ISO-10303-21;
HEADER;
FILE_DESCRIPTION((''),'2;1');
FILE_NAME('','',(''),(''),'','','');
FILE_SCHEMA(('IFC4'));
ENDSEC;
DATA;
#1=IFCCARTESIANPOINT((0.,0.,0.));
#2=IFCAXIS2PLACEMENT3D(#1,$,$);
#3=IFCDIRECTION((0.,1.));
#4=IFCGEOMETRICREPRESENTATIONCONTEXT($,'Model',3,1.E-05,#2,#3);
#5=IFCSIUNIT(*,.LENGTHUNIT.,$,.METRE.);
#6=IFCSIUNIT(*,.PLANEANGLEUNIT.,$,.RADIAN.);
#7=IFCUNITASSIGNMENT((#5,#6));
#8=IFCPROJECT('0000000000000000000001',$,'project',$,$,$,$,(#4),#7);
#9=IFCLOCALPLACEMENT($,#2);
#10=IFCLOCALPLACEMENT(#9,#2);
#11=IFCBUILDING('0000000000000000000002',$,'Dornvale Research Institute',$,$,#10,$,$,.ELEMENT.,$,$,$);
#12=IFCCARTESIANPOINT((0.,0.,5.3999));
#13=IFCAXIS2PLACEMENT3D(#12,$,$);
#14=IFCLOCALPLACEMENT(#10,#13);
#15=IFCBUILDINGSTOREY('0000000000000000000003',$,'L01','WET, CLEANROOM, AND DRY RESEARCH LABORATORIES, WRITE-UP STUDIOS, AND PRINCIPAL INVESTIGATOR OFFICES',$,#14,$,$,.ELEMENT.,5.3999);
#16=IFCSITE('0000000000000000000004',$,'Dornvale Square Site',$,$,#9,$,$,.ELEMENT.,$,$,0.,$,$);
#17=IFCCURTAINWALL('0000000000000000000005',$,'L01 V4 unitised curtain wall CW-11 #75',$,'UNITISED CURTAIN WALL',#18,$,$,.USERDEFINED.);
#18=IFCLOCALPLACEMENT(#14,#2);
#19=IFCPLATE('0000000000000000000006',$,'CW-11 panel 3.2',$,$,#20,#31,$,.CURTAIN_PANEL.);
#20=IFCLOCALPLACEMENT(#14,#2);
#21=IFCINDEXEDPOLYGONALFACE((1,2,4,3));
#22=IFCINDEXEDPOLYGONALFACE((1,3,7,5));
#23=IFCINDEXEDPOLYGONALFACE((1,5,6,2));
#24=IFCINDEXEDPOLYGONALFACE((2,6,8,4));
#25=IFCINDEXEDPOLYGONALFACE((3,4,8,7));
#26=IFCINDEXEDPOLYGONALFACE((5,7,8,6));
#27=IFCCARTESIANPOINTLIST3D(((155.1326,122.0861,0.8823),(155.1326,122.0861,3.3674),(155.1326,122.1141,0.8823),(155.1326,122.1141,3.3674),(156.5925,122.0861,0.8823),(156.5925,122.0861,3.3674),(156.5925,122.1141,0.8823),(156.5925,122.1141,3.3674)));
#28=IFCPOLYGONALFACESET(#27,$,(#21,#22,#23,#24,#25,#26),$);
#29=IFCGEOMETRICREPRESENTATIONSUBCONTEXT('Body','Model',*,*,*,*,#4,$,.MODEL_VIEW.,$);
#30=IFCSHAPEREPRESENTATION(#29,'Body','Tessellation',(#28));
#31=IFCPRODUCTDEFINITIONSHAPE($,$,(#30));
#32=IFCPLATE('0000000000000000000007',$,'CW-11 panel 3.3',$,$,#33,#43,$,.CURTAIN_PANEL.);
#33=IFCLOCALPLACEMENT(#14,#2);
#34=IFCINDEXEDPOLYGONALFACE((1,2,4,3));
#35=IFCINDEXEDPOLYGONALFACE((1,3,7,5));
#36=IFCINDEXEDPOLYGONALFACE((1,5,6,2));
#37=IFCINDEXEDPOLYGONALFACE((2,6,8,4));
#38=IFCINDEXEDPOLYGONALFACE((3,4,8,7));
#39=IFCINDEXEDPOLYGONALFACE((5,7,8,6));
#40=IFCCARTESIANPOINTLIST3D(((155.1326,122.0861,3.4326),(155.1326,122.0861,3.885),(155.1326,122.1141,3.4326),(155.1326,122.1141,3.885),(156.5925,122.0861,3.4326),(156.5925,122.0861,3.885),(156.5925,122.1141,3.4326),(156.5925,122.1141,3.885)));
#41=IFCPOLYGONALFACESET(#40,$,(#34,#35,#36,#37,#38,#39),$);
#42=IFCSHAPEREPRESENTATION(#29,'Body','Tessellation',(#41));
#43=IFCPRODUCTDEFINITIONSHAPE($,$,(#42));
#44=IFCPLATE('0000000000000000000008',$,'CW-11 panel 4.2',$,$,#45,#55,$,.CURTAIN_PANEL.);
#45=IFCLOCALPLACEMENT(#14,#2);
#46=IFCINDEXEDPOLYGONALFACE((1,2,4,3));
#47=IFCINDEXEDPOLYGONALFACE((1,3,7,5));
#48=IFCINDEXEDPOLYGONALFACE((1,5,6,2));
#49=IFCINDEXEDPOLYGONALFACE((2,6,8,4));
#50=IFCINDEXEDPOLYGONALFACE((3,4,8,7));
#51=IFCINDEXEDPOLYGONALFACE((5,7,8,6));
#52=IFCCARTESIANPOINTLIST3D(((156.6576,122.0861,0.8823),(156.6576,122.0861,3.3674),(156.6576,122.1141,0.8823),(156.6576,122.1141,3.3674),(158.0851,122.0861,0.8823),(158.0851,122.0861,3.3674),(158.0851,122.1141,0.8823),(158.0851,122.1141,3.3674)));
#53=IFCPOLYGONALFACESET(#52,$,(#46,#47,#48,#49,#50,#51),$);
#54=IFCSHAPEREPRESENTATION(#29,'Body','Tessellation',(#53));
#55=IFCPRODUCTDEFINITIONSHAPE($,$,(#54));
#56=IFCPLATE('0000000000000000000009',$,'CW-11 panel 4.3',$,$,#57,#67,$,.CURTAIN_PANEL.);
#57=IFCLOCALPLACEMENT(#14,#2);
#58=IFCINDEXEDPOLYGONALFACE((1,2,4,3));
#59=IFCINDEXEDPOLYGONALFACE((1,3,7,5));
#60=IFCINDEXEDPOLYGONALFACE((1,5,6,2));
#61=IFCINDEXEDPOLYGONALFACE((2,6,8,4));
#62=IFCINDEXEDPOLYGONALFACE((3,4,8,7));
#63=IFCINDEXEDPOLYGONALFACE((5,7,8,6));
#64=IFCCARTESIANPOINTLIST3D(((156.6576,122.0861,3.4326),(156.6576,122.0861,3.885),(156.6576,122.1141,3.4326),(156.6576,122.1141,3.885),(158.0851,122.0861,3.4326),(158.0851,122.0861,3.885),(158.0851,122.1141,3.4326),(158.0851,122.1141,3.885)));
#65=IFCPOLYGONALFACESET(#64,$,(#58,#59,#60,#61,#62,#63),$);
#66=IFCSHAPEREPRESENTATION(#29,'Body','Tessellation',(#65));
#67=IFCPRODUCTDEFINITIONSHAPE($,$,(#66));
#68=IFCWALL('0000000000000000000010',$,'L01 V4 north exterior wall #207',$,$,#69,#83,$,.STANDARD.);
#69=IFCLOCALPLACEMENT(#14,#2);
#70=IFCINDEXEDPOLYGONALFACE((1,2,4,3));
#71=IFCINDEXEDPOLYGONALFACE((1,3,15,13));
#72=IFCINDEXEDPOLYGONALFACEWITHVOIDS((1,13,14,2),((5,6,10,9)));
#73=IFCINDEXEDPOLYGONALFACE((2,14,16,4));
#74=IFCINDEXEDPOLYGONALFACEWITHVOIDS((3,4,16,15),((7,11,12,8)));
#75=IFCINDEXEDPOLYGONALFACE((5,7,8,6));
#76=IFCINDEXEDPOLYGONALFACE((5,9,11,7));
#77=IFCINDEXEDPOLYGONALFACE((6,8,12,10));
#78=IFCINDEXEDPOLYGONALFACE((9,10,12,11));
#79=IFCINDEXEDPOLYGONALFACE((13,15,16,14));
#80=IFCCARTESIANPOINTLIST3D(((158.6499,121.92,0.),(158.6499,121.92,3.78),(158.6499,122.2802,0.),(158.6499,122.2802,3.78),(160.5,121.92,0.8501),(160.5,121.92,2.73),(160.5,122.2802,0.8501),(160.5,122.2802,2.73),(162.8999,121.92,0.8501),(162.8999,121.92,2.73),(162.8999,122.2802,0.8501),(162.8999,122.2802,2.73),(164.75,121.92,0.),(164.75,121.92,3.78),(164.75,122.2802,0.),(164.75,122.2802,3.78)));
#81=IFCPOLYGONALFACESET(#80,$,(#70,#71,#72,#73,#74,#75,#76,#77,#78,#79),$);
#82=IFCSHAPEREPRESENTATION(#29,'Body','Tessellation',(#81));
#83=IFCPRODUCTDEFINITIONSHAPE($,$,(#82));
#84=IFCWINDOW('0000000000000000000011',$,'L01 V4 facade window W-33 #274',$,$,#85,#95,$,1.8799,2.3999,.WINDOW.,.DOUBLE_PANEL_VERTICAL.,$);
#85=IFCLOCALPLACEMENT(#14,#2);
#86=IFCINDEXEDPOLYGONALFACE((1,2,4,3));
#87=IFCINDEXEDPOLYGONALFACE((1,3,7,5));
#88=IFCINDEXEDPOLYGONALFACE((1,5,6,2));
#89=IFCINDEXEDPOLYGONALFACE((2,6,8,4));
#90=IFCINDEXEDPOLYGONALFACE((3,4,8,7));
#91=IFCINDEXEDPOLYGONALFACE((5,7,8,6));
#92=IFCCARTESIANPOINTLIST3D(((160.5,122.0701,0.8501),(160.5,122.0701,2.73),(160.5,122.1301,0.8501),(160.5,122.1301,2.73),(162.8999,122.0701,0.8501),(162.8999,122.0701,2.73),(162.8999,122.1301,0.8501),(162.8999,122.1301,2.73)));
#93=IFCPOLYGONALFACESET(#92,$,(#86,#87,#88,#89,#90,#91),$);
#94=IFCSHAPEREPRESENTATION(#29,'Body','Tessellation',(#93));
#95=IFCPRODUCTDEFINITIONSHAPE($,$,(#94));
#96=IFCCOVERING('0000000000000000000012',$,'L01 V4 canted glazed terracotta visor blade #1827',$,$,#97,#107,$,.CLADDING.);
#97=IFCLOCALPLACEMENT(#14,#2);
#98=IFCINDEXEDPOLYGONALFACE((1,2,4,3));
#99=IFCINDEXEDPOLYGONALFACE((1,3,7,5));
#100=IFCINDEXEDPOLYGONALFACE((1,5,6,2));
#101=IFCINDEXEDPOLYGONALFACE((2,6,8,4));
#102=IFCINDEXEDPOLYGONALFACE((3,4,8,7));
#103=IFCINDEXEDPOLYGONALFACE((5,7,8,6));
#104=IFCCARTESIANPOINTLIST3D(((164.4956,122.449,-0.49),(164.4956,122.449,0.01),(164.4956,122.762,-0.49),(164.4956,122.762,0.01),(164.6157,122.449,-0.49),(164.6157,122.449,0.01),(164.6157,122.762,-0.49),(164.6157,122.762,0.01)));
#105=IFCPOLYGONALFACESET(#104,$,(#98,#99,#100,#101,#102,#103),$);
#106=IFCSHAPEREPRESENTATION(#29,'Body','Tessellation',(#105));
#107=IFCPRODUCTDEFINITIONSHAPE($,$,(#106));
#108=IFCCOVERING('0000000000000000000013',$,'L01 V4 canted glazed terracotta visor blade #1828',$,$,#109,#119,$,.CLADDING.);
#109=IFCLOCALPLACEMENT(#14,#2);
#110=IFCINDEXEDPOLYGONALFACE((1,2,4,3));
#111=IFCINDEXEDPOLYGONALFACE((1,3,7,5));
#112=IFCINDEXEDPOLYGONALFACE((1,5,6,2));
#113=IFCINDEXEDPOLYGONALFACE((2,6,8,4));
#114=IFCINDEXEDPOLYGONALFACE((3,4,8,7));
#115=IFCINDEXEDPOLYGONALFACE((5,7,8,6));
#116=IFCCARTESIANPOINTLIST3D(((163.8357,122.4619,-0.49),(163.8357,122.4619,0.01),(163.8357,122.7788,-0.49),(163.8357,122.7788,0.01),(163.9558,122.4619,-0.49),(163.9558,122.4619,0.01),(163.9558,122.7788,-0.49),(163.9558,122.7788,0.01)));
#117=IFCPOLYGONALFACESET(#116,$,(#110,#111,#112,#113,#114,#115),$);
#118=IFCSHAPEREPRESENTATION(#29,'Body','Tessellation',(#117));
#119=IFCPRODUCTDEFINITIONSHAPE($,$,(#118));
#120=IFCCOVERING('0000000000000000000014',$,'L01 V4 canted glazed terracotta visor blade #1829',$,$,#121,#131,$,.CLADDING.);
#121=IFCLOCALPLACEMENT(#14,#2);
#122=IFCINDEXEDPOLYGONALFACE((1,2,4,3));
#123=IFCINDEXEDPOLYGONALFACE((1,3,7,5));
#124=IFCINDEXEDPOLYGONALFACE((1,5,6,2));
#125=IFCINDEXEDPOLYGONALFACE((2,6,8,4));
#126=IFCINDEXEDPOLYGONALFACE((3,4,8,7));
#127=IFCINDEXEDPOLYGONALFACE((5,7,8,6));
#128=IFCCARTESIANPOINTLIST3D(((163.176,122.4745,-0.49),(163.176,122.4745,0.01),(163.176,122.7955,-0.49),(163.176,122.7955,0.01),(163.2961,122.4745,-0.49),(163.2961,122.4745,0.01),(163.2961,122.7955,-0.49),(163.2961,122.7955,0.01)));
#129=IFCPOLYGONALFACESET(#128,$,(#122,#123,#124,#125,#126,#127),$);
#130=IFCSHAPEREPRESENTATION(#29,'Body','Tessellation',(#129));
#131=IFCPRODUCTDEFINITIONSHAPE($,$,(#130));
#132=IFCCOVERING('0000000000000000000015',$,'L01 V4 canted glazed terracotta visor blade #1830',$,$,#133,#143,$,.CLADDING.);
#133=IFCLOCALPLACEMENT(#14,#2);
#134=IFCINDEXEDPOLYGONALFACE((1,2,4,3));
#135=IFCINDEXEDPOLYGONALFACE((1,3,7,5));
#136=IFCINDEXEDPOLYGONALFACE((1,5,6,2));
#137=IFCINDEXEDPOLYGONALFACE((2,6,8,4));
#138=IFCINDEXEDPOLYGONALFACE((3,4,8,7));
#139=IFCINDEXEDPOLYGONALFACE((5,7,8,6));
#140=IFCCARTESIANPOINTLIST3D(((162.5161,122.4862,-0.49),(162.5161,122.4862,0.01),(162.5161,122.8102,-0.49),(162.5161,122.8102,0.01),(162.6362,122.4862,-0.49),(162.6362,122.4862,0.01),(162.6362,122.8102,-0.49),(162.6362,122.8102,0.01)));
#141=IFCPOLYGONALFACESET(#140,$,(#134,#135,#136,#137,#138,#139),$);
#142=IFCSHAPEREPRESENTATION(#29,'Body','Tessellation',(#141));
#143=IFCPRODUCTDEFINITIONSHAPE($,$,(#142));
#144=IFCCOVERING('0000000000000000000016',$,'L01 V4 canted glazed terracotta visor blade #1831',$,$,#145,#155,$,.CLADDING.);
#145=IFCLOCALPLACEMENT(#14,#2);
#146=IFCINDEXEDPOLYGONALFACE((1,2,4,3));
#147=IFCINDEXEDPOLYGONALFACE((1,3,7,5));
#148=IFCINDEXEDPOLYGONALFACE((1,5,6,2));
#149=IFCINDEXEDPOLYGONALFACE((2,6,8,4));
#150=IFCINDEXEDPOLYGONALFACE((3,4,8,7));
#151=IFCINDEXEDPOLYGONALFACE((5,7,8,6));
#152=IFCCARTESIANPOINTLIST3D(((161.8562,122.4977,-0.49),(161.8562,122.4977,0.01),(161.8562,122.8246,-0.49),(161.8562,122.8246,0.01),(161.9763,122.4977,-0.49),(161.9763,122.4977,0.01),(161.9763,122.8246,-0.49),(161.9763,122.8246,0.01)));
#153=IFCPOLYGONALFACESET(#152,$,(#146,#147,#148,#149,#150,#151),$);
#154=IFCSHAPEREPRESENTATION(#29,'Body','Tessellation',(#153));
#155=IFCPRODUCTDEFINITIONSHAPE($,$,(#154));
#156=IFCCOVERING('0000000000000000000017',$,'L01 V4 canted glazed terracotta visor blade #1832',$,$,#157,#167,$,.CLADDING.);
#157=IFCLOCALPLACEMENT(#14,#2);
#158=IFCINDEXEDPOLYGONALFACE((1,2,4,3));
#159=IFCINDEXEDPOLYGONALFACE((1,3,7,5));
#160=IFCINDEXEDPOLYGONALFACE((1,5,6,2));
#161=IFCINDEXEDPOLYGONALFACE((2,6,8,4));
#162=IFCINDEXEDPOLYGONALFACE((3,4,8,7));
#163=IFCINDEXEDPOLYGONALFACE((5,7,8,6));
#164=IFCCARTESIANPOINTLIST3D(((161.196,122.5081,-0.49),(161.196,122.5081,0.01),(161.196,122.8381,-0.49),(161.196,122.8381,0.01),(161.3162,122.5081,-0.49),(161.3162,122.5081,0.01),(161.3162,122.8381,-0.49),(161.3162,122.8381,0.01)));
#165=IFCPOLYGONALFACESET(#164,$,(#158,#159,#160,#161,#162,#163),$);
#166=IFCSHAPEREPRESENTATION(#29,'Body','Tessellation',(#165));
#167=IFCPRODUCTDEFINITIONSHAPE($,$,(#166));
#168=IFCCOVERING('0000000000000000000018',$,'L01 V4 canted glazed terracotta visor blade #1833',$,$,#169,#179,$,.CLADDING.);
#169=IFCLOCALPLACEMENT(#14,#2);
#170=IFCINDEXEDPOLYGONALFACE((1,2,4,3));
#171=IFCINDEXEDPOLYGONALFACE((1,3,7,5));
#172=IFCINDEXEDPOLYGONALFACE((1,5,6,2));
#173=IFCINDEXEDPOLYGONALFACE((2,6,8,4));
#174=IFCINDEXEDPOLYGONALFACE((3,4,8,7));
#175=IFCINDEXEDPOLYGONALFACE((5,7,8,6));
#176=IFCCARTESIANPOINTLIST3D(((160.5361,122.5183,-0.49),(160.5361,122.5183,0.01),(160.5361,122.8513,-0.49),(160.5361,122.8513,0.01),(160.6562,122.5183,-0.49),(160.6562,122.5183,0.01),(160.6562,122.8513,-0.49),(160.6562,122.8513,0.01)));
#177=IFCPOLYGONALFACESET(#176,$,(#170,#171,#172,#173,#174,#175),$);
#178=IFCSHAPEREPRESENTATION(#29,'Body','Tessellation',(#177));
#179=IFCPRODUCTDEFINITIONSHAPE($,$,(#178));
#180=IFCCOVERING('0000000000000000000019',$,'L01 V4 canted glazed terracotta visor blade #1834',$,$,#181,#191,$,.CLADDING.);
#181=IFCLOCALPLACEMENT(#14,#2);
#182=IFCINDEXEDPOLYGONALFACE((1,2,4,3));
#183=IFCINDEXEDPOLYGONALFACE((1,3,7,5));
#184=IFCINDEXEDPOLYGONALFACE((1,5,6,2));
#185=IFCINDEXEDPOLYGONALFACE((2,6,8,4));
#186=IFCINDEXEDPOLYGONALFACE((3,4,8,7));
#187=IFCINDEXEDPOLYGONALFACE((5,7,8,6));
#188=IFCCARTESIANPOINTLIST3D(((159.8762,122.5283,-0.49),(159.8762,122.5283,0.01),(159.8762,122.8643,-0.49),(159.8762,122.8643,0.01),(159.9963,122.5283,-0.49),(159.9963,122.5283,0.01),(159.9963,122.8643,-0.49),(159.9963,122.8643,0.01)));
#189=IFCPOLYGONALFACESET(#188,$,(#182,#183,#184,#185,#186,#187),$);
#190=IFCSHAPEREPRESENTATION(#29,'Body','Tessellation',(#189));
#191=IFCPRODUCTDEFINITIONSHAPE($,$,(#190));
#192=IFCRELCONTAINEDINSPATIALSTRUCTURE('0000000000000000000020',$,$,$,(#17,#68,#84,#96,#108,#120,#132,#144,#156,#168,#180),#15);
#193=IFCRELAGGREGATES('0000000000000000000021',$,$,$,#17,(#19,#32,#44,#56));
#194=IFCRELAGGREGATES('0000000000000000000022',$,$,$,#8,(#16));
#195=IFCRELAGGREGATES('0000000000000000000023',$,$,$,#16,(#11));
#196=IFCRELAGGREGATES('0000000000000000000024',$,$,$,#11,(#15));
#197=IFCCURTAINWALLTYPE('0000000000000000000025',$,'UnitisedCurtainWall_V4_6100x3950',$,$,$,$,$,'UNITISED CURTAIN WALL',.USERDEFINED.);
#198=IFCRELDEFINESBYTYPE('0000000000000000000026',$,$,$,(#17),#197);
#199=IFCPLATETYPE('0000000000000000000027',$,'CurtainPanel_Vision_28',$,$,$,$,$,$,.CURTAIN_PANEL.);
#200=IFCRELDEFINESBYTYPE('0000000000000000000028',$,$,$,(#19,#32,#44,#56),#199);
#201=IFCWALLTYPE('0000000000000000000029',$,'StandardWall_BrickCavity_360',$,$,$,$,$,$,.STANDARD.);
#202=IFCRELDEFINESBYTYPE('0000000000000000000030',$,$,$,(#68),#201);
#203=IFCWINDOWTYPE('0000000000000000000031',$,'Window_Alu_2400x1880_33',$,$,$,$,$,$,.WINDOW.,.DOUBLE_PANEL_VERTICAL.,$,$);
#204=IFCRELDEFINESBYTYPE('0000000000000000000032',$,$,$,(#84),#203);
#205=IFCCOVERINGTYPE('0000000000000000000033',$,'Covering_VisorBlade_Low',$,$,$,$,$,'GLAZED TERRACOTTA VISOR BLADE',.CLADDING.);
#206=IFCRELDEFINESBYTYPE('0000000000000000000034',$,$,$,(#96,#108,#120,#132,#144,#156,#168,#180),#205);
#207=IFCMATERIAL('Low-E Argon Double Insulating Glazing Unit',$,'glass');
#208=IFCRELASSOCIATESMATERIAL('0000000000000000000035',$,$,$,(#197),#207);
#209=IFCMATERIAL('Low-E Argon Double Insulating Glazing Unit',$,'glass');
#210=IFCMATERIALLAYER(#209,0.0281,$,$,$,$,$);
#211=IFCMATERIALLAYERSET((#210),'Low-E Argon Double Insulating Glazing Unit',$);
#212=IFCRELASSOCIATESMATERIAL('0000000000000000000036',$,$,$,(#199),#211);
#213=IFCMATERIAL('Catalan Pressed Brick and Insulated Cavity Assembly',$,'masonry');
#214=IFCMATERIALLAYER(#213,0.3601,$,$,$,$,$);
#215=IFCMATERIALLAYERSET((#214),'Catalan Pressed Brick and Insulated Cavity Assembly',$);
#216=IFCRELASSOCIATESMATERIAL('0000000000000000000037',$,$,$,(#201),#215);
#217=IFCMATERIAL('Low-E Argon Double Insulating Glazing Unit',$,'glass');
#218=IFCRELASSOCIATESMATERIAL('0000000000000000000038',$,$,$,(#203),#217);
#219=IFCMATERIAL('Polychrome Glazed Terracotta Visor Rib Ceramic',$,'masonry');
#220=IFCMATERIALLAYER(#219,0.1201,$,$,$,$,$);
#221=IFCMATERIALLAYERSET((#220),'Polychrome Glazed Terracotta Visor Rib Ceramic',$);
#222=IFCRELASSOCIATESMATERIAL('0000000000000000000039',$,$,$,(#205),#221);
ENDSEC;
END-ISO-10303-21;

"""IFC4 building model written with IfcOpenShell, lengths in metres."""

from ifc_helpers import new_model, si_unit, direction, frame, frame_2d, origin, origin_2d, place, context, subcontext, project, spatial, rectangle, extrude, material, layer, layer_set, type_object, element, fill, aggregate, save


model = new_model("IFC4")

# Units and contexts
model_context = context("Model", 3, precision=1e-05, world=origin(), true_north=direction((0.0, 1.0)))
body_context = subcontext(model_context, "Body", "Model", "MODEL_VIEW")
ifc_project = project(units=[si_unit("LENGTHUNIT", "METRE"), si_unit("PLANEANGLEUNIT", "RADIAN")], contexts=[model_context])

# Site, building, storey
site_placement = place(None, origin())
site = spatial("IfcSite", under=ifc_project, at=site_placement, Name="Dornvale Square Site", CompositionType="ELEMENT", RefElevation=0.0)
building_placement = place(site_placement, origin())
building = spatial("IfcBuilding", under=site, at=building_placement, Name="Dornvale Research Institute", CompositionType="ELEMENT")
storey_placement = place(building_placement, frame((0.0, 0.0, 5.3999)))
storey = spatial("IfcBuildingStorey", under=building, at=storey_placement, Name="L01", Description="WET, CLEANROOM, AND DRY RESEARCH LABORATORIES, WRITE-UP STUDIOS, AND PRINCIPAL INVESTIGATOR OFFICES", CompositionType="ELEMENT", Elevation=5.3999)

# Curtain wall
ifc_material_1 = material(Name="Low-E Argon Double Insulating Glazing Unit", Category="glass")
curtain_wall_type = type_object("IfcCurtainWallType", Name="UnitisedCurtainWall_V4_6100x3950", ElementType="UNITISED CURTAIN WALL", PredefinedType="USERDEFINED", material=ifc_material_1)
curtain_wall_placement = place(storey_placement, origin())
curtain_wall = element("IfcCurtainWall", 1, at=curtain_wall_placement, inside=storey, type_object=curtain_wall_type, Name="L01 V4 unitised curtain wall CW-11 #75", ObjectType="UNITISED CURTAIN WALL", PredefinedType="USERDEFINED")

# Plates
ifc_material_2 = material(Name="Low-E Argon Double Insulating Glazing Unit", Category="glass")
ifc_layer_1 = layer(ifc_material_2, 0.0281)
ifc_layer_set_1 = layer_set([ifc_layer_1], Name="Low-E Argon Double Insulating Glazing Unit")
plate_type_1 = type_object("IfcPlateType", Name="CurtainPanel_Vision_28", PredefinedType="CURTAIN_PANEL", material=ifc_layer_set_1)
plate_1_placement = place(storey_placement, frame((155.8625, 122.1001, 0.8823), z_axis=(0.0, 0.0, 1.0), x_axis=(1.0, 0.0, 0.0)))
plate_1 = element("IfcPlate", 2, at=plate_1_placement, type_object=plate_type_1, Name="CW-11 panel 3.2", PredefinedType="CURTAIN_PANEL", context=body_context, shape_type="SweptSolid", body=[
    extrude(rectangle(XDim=1.46, YDim=0.0281, at=origin_2d()), origin(), (0.0, 0.0, 1.0), 2.4851),
])
plate_2_placement = place(storey_placement, frame((155.8625, 122.1001, 3.4326), z_axis=(0.0, 0.0, 1.0), x_axis=(1.0, 0.0, 0.0)))
plate_2 = element("IfcPlate", 3, at=plate_2_placement, type_object=plate_type_1, Name="CW-11 panel 3.3", PredefinedType="CURTAIN_PANEL", context=body_context, shape_type="SweptSolid", body=[
    extrude(rectangle(XDim=1.46, YDim=0.0281, at=origin_2d()), origin(), (0.0, 0.0, 1.0), 0.4524),
])
plate_3_placement = place(storey_placement, frame((157.3713, 122.1001, 0.8823), z_axis=(0.0, 0.0, 1.0), x_axis=(1.0, 0.0, 0.0)))
plate_3 = element("IfcPlate", 4, at=plate_3_placement, type_object=plate_type_1, Name="CW-11 panel 4.2", PredefinedType="CURTAIN_PANEL", context=body_context, shape_type="SweptSolid", body=[
    extrude(rectangle(XDim=1.4275, YDim=0.0281, at=origin_2d()), origin(), (0.0, 0.0, 1.0), 2.4851),
])
plate_4_placement = place(storey_placement, frame((157.3713, 122.1001, 3.4326), z_axis=(0.0, 0.0, 1.0), x_axis=(1.0, 0.0, 0.0)))
plate_4 = element("IfcPlate", 5, at=plate_4_placement, type_object=plate_type_1, Name="CW-11 panel 4.3", PredefinedType="CURTAIN_PANEL", context=body_context, shape_type="SweptSolid", body=[
    extrude(rectangle(XDim=1.4275, YDim=0.0281, at=origin_2d()), origin(), (0.0, 0.0, 1.0), 0.4524),
])
aggregate(curtain_wall, [plate_1, plate_2, plate_3, plate_4])

# Wall, opening, window
ifc_material_3 = material(Name="Catalan Pressed Brick and Insulated Cavity Assembly", Category="masonry")
ifc_layer_2 = layer(ifc_material_3, 0.3601)
ifc_layer_set_2 = layer_set([ifc_layer_2], Name="Catalan Pressed Brick and Insulated Cavity Assembly")
wall_type = type_object("IfcWallType", Name="StandardWall_BrickCavity_360", PredefinedType="STANDARD", material=ifc_layer_set_2)
wall_placement = place(storey_placement, frame((158.6499, 122.1001, 0.0), z_axis=(0.0, 0.0, 1.0), x_axis=(1.0, 0.0, 0.0)))
wall = element("IfcWall", 6, at=wall_placement, inside=storey, type_object=wall_type, Name="L01 V4 north exterior wall #207", PredefinedType="STANDARD", context=body_context, shape_type="SweptSolid", body=[
    extrude(rectangle(XDim=6.1001, YDim=0.3601, at=frame_2d((3.05, 0.0))), origin(), (0.0, 0.0, 1.0), 3.78),
])
opening_placement = place(wall_placement, frame((1.8501, 0.0, 0.8501)))
opening = element("IfcOpeningElement", 7, at=opening_placement, cuts=wall, PredefinedType="OPENING", context=body_context, shape_type="SweptSolid", body=[
    extrude(rectangle(XDim=2.3999, YDim=1.8799, at=frame_2d((1.2, 0.9399))), frame((0.0, 0.1951, 0.0), z_axis=(0.0, -1.0, 0.0), x_axis=(1.0, 0.0, 0.0)), (0.0, 0.0, 1.0), 0.3901),
])
ifc_material_4 = material(Name="Low-E Argon Double Insulating Glazing Unit", Category="glass")
window_type = type_object("IfcWindowType", Name="Window_Alu_2400x1880_33", PartitioningType="DOUBLE_PANEL_VERTICAL", PredefinedType="WINDOW", material=ifc_material_4)
window_placement = place(opening_placement, origin())
window = element("IfcWindow", 8, at=window_placement, inside=storey, type_object=window_type, Name="L01 V4 facade window W-33 #274", OverallHeight=1.8799, OverallWidth=2.3999, PartitioningType="DOUBLE_PANEL_VERTICAL", PredefinedType="WINDOW", context=body_context, shape_type="SweptSolid", body=[
    extrude(rectangle(XDim=2.3999, YDim=1.8799, at=frame_2d((1.2, 0.9399))), frame((0.0, 0.03, 0.0), z_axis=(0.0, -1.0, 0.0), x_axis=(1.0, 0.0, 0.0)), (0.0, 0.0, 1.0), 0.0601),
])
fill(opening, window)

# Coverings
ifc_material_5 = material(Name="Polychrome Glazed Terracotta Visor Rib Ceramic", Category="masonry")
ifc_layer_3 = layer(ifc_material_5, 0.1201)
ifc_layer_set_3 = layer_set([ifc_layer_3], Name="Polychrome Glazed Terracotta Visor Rib Ceramic")
covering_type = type_object("IfcCoveringType", Name="Covering_VisorBlade_Low", ElementType="GLAZED TERRACOTTA VISOR BLADE", PredefinedType="CLADDING", material=ifc_layer_set_3)
covering_1_placement = place(storey_placement, frame((164.5557, 122.6055, -0.49), z_axis=(0.0, 0.0, 1.0), x_axis=(0.0, 1.0, 0.0)))
element("IfcCovering", 9, at=covering_1_placement, inside=storey, type_object=covering_type, Name="L01 V4 canted glazed terracotta visor blade #1827", PredefinedType="CLADDING", context=body_context, shape_type="SweptSolid", body=[
    extrude(rectangle(XDim=0.313, YDim=0.1201, at=origin_2d()), origin(), (0.0, 0.0, 1.0), 0.5),
])
covering_2_placement = place(storey_placement, frame((163.8958, 122.6204, -0.49), z_axis=(0.0, 0.0, 1.0), x_axis=(0.0, 1.0, 0.0)))
element("IfcCovering", 10, at=covering_2_placement, inside=storey, type_object=covering_type, Name="L01 V4 canted glazed terracotta visor blade #1828", PredefinedType="CLADDING", context=body_context, shape_type="SweptSolid", body=[
    extrude(rectangle(XDim=0.3169, YDim=0.1201, at=origin_2d()), origin(), (0.0, 0.0, 1.0), 0.5),
])
covering_3_placement = place(storey_placement, frame((163.2361, 122.635, -0.49), z_axis=(0.0, 0.0, 1.0), x_axis=(0.0, 1.0, 0.0)))
element("IfcCovering", 11, at=covering_3_placement, inside=storey, type_object=covering_type, Name="L01 V4 canted glazed terracotta visor blade #1829", PredefinedType="CLADDING", context=body_context, shape_type="SweptSolid", body=[
    extrude(rectangle(XDim=0.321, YDim=0.1201, at=origin_2d()), origin(), (0.0, 0.0, 1.0), 0.5),
])
covering_4_placement = place(storey_placement, frame((162.5762, 122.6482, -0.49), z_axis=(0.0, 0.0, 1.0), x_axis=(0.0, 1.0, 0.0)))
element("IfcCovering", 12, at=covering_4_placement, inside=storey, type_object=covering_type, Name="L01 V4 canted glazed terracotta visor blade #1830", PredefinedType="CLADDING", context=body_context, shape_type="SweptSolid", body=[
    extrude(rectangle(XDim=0.324, YDim=0.1201, at=origin_2d()), origin(), (0.0, 0.0, 1.0), 0.5),
])
covering_5_placement = place(storey_placement, frame((161.9163, 122.6611, -0.49), z_axis=(0.0, 0.0, 1.0), x_axis=(0.0, 1.0, 0.0)))
element("IfcCovering", 13, at=covering_5_placement, inside=storey, type_object=covering_type, Name="L01 V4 canted glazed terracotta visor blade #1831", PredefinedType="CLADDING", context=body_context, shape_type="SweptSolid", body=[
    extrude(rectangle(XDim=0.3269, YDim=0.1201, at=origin_2d()), origin(), (0.0, 0.0, 1.0), 0.5),
])
covering_6_placement = place(storey_placement, frame((161.2561, 122.6731, -0.49), z_axis=(0.0, 0.0, 1.0), x_axis=(0.0, 1.0, 0.0)))
element("IfcCovering", 14, at=covering_6_placement, inside=storey, type_object=covering_type, Name="L01 V4 canted glazed terracotta visor blade #1832", PredefinedType="CLADDING", context=body_context, shape_type="SweptSolid", body=[
    extrude(rectangle(XDim=0.3301, YDim=0.1201, at=origin_2d()), origin(), (0.0, 0.0, 1.0), 0.5),
])
covering_7_placement = place(storey_placement, frame((160.5962, 122.6848, -0.49), z_axis=(0.0, 0.0, 1.0), x_axis=(0.0, 1.0, 0.0)))
element("IfcCovering", 15, at=covering_7_placement, inside=storey, type_object=covering_type, Name="L01 V4 canted glazed terracotta visor blade #1833", PredefinedType="CLADDING", context=body_context, shape_type="SweptSolid", body=[
    extrude(rectangle(XDim=0.333, YDim=0.1201, at=origin_2d()), origin(), (0.0, 0.0, 1.0), 0.5),
])
covering_8_placement = place(storey_placement, frame((159.9363, 122.6963, -0.49), z_axis=(0.0, 0.0, 1.0), x_axis=(0.0, 1.0, 0.0)))
element("IfcCovering", 16, at=covering_8_placement, inside=storey, type_object=covering_type, Name="L01 V4 canted glazed terracotta visor blade #1834", PredefinedType="CLADDING", context=body_context, shape_type="SweptSolid", body=[
    extrude(rectangle(XDim=0.3359, YDim=0.1201, at=origin_2d()), origin(), (0.0, 0.0, 1.0), 0.5),
])

save(model, "model.ifc")
